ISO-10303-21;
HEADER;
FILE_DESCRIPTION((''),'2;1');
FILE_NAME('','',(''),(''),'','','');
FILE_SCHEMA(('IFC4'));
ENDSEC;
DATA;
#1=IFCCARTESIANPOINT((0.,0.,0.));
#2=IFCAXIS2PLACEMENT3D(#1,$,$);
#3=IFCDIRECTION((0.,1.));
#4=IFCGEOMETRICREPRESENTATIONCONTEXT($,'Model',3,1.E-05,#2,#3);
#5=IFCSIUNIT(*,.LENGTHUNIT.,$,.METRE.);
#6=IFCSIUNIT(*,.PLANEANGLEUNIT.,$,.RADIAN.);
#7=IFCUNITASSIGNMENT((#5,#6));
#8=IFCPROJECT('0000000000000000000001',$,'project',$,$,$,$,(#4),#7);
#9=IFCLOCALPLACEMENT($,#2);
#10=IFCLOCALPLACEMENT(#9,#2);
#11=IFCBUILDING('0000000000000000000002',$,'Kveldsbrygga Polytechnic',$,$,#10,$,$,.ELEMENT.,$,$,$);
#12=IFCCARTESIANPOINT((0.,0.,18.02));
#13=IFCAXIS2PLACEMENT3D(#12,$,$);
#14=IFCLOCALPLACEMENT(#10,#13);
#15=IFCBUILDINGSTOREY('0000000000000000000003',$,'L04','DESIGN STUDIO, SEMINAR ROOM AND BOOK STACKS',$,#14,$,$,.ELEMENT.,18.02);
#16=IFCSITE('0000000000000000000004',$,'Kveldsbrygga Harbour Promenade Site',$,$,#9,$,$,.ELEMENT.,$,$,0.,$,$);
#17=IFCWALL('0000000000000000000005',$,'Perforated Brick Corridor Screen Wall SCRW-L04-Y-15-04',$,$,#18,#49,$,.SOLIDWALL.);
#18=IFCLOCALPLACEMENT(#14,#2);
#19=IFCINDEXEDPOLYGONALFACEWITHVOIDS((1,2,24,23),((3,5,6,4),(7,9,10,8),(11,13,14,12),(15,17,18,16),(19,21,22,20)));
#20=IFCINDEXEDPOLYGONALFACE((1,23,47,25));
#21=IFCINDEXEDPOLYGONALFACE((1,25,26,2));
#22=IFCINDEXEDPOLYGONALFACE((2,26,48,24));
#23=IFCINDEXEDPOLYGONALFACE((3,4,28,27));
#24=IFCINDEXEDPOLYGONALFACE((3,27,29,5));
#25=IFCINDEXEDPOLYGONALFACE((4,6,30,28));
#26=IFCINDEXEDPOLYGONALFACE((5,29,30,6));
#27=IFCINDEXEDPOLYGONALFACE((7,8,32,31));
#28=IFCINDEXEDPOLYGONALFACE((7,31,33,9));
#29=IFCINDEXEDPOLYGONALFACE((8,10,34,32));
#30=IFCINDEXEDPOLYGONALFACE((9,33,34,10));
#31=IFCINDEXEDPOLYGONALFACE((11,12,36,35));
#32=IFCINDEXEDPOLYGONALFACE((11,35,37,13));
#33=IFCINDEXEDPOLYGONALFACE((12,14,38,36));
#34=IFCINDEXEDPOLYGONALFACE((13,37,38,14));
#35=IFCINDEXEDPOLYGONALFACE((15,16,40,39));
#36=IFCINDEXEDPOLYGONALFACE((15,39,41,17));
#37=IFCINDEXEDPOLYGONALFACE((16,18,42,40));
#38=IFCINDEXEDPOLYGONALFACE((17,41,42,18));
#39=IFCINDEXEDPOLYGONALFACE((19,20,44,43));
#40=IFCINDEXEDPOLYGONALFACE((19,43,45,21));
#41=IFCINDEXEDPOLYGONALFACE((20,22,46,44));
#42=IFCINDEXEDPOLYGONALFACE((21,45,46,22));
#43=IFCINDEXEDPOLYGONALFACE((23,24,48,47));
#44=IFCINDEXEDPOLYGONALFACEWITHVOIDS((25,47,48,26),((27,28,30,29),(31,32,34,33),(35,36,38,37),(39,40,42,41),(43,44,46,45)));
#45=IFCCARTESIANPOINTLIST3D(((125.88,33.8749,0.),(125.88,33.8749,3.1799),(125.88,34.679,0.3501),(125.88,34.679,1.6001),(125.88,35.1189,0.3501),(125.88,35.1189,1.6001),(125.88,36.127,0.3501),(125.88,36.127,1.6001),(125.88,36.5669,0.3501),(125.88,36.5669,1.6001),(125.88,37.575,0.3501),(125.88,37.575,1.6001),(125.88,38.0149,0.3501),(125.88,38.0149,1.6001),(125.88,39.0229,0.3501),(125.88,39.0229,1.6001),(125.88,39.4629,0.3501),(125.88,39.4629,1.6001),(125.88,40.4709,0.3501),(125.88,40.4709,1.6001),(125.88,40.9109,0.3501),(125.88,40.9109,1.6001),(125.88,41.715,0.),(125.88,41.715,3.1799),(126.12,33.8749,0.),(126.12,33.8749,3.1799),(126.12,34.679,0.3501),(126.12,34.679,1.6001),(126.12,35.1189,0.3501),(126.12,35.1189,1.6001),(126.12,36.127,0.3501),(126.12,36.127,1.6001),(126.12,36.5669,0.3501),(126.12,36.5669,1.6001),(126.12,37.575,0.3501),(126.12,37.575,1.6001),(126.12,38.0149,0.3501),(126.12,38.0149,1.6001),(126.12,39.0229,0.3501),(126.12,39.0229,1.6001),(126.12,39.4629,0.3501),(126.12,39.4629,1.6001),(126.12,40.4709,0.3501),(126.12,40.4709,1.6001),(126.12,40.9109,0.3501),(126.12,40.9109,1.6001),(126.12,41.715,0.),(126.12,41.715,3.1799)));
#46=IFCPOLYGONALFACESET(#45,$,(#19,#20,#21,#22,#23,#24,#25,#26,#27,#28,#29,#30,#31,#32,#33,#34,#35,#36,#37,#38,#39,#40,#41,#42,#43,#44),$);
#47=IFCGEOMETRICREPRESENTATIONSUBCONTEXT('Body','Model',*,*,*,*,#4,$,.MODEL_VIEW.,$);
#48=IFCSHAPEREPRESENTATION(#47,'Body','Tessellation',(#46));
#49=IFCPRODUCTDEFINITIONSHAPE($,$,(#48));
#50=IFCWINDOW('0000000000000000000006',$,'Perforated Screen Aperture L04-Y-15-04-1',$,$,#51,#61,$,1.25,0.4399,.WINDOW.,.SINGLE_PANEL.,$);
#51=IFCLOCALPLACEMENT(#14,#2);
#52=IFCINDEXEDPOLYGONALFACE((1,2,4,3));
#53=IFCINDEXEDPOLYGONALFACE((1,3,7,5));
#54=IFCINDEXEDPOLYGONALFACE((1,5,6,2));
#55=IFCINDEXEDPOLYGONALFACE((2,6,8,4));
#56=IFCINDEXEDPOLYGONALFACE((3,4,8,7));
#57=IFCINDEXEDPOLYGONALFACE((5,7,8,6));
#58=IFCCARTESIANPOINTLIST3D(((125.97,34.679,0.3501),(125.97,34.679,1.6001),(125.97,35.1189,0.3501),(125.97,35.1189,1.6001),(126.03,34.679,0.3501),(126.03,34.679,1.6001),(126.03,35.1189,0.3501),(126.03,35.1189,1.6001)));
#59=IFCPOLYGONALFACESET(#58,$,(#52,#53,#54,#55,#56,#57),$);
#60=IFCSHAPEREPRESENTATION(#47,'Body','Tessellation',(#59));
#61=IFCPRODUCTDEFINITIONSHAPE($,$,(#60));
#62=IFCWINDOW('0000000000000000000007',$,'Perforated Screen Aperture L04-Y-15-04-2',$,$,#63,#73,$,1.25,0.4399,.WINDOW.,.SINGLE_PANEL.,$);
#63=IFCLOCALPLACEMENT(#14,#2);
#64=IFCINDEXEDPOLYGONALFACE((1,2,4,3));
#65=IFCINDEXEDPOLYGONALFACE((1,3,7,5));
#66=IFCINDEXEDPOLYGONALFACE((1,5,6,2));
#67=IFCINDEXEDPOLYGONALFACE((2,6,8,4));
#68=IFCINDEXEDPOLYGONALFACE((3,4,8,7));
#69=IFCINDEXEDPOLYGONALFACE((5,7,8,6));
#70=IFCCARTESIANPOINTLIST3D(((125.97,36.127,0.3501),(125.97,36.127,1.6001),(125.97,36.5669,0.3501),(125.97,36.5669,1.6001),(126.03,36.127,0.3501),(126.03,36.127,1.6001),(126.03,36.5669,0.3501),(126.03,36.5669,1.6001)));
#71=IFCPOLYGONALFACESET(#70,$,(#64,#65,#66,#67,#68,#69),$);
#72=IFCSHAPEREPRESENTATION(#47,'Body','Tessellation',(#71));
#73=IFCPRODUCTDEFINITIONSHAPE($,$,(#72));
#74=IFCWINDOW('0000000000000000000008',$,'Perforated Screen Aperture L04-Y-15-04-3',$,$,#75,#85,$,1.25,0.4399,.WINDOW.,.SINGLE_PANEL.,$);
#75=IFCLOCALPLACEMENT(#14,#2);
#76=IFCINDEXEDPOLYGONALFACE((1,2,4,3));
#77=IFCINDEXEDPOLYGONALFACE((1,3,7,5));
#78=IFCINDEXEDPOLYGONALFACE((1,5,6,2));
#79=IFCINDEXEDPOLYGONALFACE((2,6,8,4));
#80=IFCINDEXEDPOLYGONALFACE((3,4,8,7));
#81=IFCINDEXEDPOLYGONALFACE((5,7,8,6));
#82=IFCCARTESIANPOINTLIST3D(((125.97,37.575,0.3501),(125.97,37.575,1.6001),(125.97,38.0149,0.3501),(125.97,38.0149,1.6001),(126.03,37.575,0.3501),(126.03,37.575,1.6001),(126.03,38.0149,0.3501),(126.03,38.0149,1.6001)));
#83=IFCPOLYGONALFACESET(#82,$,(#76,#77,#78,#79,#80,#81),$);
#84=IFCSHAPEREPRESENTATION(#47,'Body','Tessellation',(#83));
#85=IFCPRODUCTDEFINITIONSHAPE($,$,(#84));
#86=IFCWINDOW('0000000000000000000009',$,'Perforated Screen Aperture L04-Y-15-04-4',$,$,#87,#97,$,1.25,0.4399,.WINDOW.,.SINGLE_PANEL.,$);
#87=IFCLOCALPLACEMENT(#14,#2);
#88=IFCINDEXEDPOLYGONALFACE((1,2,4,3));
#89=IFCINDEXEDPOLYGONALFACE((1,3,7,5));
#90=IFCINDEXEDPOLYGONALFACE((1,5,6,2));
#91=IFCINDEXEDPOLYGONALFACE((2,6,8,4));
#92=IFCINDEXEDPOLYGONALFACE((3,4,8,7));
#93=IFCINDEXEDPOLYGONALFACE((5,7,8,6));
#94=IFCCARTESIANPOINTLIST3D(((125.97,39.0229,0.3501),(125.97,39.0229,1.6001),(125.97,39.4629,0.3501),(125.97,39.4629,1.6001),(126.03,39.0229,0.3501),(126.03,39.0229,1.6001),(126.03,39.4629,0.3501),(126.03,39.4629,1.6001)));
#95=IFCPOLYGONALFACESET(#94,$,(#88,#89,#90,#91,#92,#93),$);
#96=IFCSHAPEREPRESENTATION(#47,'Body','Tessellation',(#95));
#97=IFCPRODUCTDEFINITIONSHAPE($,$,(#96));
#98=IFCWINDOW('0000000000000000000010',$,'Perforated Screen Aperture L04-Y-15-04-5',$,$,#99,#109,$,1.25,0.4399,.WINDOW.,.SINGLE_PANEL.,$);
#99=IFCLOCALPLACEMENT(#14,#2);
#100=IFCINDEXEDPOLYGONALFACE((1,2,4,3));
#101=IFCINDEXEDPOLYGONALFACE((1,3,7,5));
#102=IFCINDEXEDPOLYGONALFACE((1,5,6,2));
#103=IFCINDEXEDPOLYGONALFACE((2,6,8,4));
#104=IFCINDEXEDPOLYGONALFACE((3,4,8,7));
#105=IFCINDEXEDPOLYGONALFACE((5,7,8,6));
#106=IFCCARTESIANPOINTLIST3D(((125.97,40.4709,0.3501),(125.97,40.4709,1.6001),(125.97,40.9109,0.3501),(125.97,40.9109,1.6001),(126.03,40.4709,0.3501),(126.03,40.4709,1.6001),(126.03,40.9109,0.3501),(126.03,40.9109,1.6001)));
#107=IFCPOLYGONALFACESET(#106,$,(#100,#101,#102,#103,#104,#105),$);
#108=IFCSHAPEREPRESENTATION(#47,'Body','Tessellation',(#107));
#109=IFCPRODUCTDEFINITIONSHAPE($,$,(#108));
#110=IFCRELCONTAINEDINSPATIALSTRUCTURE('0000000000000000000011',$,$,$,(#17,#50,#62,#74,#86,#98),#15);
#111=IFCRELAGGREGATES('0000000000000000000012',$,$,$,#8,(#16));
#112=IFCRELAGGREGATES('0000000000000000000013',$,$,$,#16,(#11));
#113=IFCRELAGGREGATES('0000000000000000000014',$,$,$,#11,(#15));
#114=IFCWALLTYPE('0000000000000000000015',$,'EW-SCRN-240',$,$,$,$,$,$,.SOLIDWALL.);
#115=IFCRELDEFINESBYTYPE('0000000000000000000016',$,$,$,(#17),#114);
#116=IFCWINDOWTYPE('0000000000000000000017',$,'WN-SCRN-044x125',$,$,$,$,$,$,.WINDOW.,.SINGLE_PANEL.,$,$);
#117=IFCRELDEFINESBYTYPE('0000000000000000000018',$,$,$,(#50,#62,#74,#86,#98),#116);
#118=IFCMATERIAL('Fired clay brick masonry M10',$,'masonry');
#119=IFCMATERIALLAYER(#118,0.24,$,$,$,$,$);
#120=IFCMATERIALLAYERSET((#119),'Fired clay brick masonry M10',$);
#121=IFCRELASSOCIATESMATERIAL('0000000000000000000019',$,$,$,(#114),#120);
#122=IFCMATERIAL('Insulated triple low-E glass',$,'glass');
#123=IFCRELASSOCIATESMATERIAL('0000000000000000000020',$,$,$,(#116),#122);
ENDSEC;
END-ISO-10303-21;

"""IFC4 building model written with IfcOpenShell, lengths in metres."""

from ifc_helpers import new_model, si_unit, direction, frame, frame_2d, origin, place, context, subcontext, project, spatial, rectangle, extrude, material, layer, layer_set, type_object, element, fill, save


model = new_model("IFC4")

# Units and contexts
model_context = context("Model", 3, precision=1e-05, world=origin(), true_north=direction((0.0, 1.0)))
body_context = subcontext(model_context, "Body", "Model", "MODEL_VIEW")
ifc_project = project(units=[si_unit("LENGTHUNIT", "METRE"), si_unit("PLANEANGLEUNIT", "RADIAN")], contexts=[model_context])

# Site, building, storey
site_placement = place(None, origin())
site = spatial("IfcSite", under=ifc_project, at=site_placement, Name="Kveldsbrygga Harbour Promenade Site", CompositionType="ELEMENT", RefElevation=0.0)
building_placement = place(site_placement, origin())
building = spatial("IfcBuilding", under=site, at=building_placement, Name="Kveldsbrygga Polytechnic", CompositionType="ELEMENT")
storey_placement = place(building_placement, frame((0.0, 0.0, 18.02)))
storey = spatial("IfcBuildingStorey", under=building, at=storey_placement, Name="L04", Description="DESIGN STUDIO, SEMINAR ROOM AND BOOK STACKS", CompositionType="ELEMENT", Elevation=18.02)

# Shared definitions
ifc_material_1 = material(Name="Insulated triple low-E glass", Category="glass")

# Wall, openings, windows
ifc_material_2 = material(Name="Fired clay brick masonry M10", Category="masonry")
ifc_layer_1 = layer(ifc_material_2, 0.24)
ifc_layer_set_1 = layer_set([ifc_layer_1], Name="Fired clay brick masonry M10")
wall_type = type_object("IfcWallType", Name="EW-SCRN-240", PredefinedType="SOLIDWALL", material=ifc_layer_set_1)
wall_placement = place(storey_placement, frame((126.0, 33.875, 0.0), z_axis=(0.0, 0.0, 1.0), x_axis=(0.0, 1.0, 0.0)))
wall = element("IfcWall", 1, at=wall_placement, inside=storey, type_object=wall_type, Name="Perforated Brick Corridor Screen Wall SCRW-L04-Y-15-04", PredefinedType="SOLIDWALL", context=body_context, shape_type="SweptSolid", body=[
    extrude(rectangle(XDim=7.8401, YDim=0.24, at=frame_2d((3.9199, 0.0))), origin(), (0.0, 0.0, 1.0), 3.1799),
])
opening_1_placement = place(wall_placement, frame((0.804, 0.0, 0.3501)))
opening_1 = element("IfcOpeningElement", 2, at=opening_1_placement, cuts=wall, PredefinedType="OPENING", context=body_context, shape_type="SweptSolid", body=[
    extrude(rectangle(XDim=0.4399, YDim=1.25, at=frame_2d((0.22, 0.625))), frame((0.0, 0.1299, 0.0), z_axis=(0.0, -1.0, 0.0), x_axis=(1.0, 0.0, 0.0)), (0.0, 0.0, 1.0), 0.26),
])
opening_2_placement = place(wall_placement, frame((2.252, 0.0, 0.3501)))
opening_2 = element("IfcOpeningElement", 3, at=opening_2_placement, cuts=wall, PredefinedType="OPENING", context=body_context, shape_type="SweptSolid", body=[
    extrude(rectangle(XDim=0.4399, YDim=1.25, at=frame_2d((0.22, 0.625))), frame((0.0, 0.1299, 0.0), z_axis=(0.0, -1.0, 0.0), x_axis=(1.0, 0.0, 0.0)), (0.0, 0.0, 1.0), 0.26),
])
opening_3_placement = place(wall_placement, frame((3.7, 0.0, 0.3501)))
opening_3 = element("IfcOpeningElement", 4, at=opening_3_placement, cuts=wall, PredefinedType="OPENING", context=body_context, shape_type="SweptSolid", body=[
    extrude(rectangle(XDim=0.4399, YDim=1.25, at=frame_2d((0.22, 0.625))), frame((0.0, 0.1299, 0.0), z_axis=(0.0, -1.0, 0.0), x_axis=(1.0, 0.0, 0.0)), (0.0, 0.0, 1.0), 0.26),
])
opening_4_placement = place(wall_placement, frame((5.1479, 0.0, 0.3501)))
opening_4 = element("IfcOpeningElement", 5, at=opening_4_placement, cuts=wall, PredefinedType="OPENING", context=body_context, shape_type="SweptSolid", body=[
    extrude(rectangle(XDim=0.4399, YDim=1.25, at=frame_2d((0.22, 0.625))), frame((0.0, 0.1299, 0.0), z_axis=(0.0, -1.0, 0.0), x_axis=(1.0, 0.0, 0.0)), (0.0, 0.0, 1.0), 0.26),
])
opening_5_placement = place(wall_placement, frame((6.5959, 0.0, 0.3501)))
opening_5 = element("IfcOpeningElement", 6, at=opening_5_placement, cuts=wall, PredefinedType="OPENING", context=body_context, shape_type="SweptSolid", body=[
    extrude(rectangle(XDim=0.4399, YDim=1.25, at=frame_2d((0.22, 0.625))), frame((0.0, 0.1299, 0.0), z_axis=(0.0, -1.0, 0.0), x_axis=(1.0, 0.0, 0.0)), (0.0, 0.0, 1.0), 0.26),
])
window_type = type_object("IfcWindowType", Name="WN-SCRN-044x125", PartitioningType="SINGLE_PANEL", PredefinedType="WINDOW", material=ifc_material_1)
window_1_placement = place(opening_1_placement, origin())
window_1 = element("IfcWindow", 7, at=window_1_placement, inside=storey, type_object=window_type, Name="Perforated Screen Aperture L04-Y-15-04-1", OverallHeight=1.25, OverallWidth=0.4399, PartitioningType="SINGLE_PANEL", PredefinedType="WINDOW", context=body_context, shape_type="SweptSolid", body=[
    extrude(rectangle(XDim=0.4399, YDim=1.25, at=frame_2d((0.22, 0.625))), frame((0.0, 0.03, 0.0), z_axis=(0.0, -1.0, 0.0), x_axis=(1.0, 0.0, 0.0)), (0.0, 0.0, 1.0), 0.0601),
])
fill(opening_1, window_1)
window_2_placement = place(opening_2_placement, origin())
window_2 = element("IfcWindow", 8, at=window_2_placement, inside=storey, type_object=window_type, Name="Perforated Screen Aperture L04-Y-15-04-2", OverallHeight=1.25, OverallWidth=0.4399, PartitioningType="SINGLE_PANEL", PredefinedType="WINDOW", context=body_context, shape_type="SweptSolid", body=[
    extrude(rectangle(XDim=0.4399, YDim=1.25, at=frame_2d((0.22, 0.625))), frame((0.0, 0.03, 0.0), z_axis=(0.0, -1.0, 0.0), x_axis=(1.0, 0.0, 0.0)), (0.0, 0.0, 1.0), 0.0601),
])
fill(opening_2, window_2)
window_3_placement = place(opening_3_placement, origin())
window_3 = element("IfcWindow", 9, at=window_3_placement, inside=storey, type_object=window_type, Name="Perforated Screen Aperture L04-Y-15-04-3", OverallHeight=1.25, OverallWidth=0.4399, PartitioningType="SINGLE_PANEL", PredefinedType="WINDOW", context=body_context, shape_type="SweptSolid", body=[
    extrude(rectangle(XDim=0.4399, YDim=1.25, at=frame_2d((0.22, 0.625))), frame((0.0, 0.03, 0.0), z_axis=(0.0, -1.0, 0.0), x_axis=(1.0, 0.0, 0.0)), (0.0, 0.0, 1.0), 0.0601),
])
fill(opening_3, window_3)
window_4_placement = place(opening_4_placement, origin())
window_4 = element("IfcWindow", 10, at=window_4_placement, inside=storey, type_object=window_type, Name="Perforated Screen Aperture L04-Y-15-04-4", OverallHeight=1.25, OverallWidth=0.4399, PartitioningType="SINGLE_PANEL", PredefinedType="WINDOW", context=body_context, shape_type="SweptSolid", body=[
    extrude(rectangle(XDim=0.4399, YDim=1.25, at=frame_2d((0.22, 0.625))), frame((0.0, 0.03, 0.0), z_axis=(0.0, -1.0, 0.0), x_axis=(1.0, 0.0, 0.0)), (0.0, 0.0, 1.0), 0.0601),
])
fill(opening_4, window_4)
window_5_placement = place(opening_5_placement, origin())
window_5 = element("IfcWindow", 11, at=window_5_placement, inside=storey, type_object=window_type, Name="Perforated Screen Aperture L04-Y-15-04-5", OverallHeight=1.25, OverallWidth=0.4399, PartitioningType="SINGLE_PANEL", PredefinedType="WINDOW", context=body_context, shape_type="SweptSolid", body=[
    extrude(rectangle(XDim=0.4399, YDim=1.25, at=frame_2d((0.22, 0.625))), frame((0.0, 0.03, 0.0), z_axis=(0.0, -1.0, 0.0), x_axis=(1.0, 0.0, 0.0)), (0.0, 0.0, 1.0), 0.0601),
])
fill(opening_5, window_5)

save(model, "model.ifc")
